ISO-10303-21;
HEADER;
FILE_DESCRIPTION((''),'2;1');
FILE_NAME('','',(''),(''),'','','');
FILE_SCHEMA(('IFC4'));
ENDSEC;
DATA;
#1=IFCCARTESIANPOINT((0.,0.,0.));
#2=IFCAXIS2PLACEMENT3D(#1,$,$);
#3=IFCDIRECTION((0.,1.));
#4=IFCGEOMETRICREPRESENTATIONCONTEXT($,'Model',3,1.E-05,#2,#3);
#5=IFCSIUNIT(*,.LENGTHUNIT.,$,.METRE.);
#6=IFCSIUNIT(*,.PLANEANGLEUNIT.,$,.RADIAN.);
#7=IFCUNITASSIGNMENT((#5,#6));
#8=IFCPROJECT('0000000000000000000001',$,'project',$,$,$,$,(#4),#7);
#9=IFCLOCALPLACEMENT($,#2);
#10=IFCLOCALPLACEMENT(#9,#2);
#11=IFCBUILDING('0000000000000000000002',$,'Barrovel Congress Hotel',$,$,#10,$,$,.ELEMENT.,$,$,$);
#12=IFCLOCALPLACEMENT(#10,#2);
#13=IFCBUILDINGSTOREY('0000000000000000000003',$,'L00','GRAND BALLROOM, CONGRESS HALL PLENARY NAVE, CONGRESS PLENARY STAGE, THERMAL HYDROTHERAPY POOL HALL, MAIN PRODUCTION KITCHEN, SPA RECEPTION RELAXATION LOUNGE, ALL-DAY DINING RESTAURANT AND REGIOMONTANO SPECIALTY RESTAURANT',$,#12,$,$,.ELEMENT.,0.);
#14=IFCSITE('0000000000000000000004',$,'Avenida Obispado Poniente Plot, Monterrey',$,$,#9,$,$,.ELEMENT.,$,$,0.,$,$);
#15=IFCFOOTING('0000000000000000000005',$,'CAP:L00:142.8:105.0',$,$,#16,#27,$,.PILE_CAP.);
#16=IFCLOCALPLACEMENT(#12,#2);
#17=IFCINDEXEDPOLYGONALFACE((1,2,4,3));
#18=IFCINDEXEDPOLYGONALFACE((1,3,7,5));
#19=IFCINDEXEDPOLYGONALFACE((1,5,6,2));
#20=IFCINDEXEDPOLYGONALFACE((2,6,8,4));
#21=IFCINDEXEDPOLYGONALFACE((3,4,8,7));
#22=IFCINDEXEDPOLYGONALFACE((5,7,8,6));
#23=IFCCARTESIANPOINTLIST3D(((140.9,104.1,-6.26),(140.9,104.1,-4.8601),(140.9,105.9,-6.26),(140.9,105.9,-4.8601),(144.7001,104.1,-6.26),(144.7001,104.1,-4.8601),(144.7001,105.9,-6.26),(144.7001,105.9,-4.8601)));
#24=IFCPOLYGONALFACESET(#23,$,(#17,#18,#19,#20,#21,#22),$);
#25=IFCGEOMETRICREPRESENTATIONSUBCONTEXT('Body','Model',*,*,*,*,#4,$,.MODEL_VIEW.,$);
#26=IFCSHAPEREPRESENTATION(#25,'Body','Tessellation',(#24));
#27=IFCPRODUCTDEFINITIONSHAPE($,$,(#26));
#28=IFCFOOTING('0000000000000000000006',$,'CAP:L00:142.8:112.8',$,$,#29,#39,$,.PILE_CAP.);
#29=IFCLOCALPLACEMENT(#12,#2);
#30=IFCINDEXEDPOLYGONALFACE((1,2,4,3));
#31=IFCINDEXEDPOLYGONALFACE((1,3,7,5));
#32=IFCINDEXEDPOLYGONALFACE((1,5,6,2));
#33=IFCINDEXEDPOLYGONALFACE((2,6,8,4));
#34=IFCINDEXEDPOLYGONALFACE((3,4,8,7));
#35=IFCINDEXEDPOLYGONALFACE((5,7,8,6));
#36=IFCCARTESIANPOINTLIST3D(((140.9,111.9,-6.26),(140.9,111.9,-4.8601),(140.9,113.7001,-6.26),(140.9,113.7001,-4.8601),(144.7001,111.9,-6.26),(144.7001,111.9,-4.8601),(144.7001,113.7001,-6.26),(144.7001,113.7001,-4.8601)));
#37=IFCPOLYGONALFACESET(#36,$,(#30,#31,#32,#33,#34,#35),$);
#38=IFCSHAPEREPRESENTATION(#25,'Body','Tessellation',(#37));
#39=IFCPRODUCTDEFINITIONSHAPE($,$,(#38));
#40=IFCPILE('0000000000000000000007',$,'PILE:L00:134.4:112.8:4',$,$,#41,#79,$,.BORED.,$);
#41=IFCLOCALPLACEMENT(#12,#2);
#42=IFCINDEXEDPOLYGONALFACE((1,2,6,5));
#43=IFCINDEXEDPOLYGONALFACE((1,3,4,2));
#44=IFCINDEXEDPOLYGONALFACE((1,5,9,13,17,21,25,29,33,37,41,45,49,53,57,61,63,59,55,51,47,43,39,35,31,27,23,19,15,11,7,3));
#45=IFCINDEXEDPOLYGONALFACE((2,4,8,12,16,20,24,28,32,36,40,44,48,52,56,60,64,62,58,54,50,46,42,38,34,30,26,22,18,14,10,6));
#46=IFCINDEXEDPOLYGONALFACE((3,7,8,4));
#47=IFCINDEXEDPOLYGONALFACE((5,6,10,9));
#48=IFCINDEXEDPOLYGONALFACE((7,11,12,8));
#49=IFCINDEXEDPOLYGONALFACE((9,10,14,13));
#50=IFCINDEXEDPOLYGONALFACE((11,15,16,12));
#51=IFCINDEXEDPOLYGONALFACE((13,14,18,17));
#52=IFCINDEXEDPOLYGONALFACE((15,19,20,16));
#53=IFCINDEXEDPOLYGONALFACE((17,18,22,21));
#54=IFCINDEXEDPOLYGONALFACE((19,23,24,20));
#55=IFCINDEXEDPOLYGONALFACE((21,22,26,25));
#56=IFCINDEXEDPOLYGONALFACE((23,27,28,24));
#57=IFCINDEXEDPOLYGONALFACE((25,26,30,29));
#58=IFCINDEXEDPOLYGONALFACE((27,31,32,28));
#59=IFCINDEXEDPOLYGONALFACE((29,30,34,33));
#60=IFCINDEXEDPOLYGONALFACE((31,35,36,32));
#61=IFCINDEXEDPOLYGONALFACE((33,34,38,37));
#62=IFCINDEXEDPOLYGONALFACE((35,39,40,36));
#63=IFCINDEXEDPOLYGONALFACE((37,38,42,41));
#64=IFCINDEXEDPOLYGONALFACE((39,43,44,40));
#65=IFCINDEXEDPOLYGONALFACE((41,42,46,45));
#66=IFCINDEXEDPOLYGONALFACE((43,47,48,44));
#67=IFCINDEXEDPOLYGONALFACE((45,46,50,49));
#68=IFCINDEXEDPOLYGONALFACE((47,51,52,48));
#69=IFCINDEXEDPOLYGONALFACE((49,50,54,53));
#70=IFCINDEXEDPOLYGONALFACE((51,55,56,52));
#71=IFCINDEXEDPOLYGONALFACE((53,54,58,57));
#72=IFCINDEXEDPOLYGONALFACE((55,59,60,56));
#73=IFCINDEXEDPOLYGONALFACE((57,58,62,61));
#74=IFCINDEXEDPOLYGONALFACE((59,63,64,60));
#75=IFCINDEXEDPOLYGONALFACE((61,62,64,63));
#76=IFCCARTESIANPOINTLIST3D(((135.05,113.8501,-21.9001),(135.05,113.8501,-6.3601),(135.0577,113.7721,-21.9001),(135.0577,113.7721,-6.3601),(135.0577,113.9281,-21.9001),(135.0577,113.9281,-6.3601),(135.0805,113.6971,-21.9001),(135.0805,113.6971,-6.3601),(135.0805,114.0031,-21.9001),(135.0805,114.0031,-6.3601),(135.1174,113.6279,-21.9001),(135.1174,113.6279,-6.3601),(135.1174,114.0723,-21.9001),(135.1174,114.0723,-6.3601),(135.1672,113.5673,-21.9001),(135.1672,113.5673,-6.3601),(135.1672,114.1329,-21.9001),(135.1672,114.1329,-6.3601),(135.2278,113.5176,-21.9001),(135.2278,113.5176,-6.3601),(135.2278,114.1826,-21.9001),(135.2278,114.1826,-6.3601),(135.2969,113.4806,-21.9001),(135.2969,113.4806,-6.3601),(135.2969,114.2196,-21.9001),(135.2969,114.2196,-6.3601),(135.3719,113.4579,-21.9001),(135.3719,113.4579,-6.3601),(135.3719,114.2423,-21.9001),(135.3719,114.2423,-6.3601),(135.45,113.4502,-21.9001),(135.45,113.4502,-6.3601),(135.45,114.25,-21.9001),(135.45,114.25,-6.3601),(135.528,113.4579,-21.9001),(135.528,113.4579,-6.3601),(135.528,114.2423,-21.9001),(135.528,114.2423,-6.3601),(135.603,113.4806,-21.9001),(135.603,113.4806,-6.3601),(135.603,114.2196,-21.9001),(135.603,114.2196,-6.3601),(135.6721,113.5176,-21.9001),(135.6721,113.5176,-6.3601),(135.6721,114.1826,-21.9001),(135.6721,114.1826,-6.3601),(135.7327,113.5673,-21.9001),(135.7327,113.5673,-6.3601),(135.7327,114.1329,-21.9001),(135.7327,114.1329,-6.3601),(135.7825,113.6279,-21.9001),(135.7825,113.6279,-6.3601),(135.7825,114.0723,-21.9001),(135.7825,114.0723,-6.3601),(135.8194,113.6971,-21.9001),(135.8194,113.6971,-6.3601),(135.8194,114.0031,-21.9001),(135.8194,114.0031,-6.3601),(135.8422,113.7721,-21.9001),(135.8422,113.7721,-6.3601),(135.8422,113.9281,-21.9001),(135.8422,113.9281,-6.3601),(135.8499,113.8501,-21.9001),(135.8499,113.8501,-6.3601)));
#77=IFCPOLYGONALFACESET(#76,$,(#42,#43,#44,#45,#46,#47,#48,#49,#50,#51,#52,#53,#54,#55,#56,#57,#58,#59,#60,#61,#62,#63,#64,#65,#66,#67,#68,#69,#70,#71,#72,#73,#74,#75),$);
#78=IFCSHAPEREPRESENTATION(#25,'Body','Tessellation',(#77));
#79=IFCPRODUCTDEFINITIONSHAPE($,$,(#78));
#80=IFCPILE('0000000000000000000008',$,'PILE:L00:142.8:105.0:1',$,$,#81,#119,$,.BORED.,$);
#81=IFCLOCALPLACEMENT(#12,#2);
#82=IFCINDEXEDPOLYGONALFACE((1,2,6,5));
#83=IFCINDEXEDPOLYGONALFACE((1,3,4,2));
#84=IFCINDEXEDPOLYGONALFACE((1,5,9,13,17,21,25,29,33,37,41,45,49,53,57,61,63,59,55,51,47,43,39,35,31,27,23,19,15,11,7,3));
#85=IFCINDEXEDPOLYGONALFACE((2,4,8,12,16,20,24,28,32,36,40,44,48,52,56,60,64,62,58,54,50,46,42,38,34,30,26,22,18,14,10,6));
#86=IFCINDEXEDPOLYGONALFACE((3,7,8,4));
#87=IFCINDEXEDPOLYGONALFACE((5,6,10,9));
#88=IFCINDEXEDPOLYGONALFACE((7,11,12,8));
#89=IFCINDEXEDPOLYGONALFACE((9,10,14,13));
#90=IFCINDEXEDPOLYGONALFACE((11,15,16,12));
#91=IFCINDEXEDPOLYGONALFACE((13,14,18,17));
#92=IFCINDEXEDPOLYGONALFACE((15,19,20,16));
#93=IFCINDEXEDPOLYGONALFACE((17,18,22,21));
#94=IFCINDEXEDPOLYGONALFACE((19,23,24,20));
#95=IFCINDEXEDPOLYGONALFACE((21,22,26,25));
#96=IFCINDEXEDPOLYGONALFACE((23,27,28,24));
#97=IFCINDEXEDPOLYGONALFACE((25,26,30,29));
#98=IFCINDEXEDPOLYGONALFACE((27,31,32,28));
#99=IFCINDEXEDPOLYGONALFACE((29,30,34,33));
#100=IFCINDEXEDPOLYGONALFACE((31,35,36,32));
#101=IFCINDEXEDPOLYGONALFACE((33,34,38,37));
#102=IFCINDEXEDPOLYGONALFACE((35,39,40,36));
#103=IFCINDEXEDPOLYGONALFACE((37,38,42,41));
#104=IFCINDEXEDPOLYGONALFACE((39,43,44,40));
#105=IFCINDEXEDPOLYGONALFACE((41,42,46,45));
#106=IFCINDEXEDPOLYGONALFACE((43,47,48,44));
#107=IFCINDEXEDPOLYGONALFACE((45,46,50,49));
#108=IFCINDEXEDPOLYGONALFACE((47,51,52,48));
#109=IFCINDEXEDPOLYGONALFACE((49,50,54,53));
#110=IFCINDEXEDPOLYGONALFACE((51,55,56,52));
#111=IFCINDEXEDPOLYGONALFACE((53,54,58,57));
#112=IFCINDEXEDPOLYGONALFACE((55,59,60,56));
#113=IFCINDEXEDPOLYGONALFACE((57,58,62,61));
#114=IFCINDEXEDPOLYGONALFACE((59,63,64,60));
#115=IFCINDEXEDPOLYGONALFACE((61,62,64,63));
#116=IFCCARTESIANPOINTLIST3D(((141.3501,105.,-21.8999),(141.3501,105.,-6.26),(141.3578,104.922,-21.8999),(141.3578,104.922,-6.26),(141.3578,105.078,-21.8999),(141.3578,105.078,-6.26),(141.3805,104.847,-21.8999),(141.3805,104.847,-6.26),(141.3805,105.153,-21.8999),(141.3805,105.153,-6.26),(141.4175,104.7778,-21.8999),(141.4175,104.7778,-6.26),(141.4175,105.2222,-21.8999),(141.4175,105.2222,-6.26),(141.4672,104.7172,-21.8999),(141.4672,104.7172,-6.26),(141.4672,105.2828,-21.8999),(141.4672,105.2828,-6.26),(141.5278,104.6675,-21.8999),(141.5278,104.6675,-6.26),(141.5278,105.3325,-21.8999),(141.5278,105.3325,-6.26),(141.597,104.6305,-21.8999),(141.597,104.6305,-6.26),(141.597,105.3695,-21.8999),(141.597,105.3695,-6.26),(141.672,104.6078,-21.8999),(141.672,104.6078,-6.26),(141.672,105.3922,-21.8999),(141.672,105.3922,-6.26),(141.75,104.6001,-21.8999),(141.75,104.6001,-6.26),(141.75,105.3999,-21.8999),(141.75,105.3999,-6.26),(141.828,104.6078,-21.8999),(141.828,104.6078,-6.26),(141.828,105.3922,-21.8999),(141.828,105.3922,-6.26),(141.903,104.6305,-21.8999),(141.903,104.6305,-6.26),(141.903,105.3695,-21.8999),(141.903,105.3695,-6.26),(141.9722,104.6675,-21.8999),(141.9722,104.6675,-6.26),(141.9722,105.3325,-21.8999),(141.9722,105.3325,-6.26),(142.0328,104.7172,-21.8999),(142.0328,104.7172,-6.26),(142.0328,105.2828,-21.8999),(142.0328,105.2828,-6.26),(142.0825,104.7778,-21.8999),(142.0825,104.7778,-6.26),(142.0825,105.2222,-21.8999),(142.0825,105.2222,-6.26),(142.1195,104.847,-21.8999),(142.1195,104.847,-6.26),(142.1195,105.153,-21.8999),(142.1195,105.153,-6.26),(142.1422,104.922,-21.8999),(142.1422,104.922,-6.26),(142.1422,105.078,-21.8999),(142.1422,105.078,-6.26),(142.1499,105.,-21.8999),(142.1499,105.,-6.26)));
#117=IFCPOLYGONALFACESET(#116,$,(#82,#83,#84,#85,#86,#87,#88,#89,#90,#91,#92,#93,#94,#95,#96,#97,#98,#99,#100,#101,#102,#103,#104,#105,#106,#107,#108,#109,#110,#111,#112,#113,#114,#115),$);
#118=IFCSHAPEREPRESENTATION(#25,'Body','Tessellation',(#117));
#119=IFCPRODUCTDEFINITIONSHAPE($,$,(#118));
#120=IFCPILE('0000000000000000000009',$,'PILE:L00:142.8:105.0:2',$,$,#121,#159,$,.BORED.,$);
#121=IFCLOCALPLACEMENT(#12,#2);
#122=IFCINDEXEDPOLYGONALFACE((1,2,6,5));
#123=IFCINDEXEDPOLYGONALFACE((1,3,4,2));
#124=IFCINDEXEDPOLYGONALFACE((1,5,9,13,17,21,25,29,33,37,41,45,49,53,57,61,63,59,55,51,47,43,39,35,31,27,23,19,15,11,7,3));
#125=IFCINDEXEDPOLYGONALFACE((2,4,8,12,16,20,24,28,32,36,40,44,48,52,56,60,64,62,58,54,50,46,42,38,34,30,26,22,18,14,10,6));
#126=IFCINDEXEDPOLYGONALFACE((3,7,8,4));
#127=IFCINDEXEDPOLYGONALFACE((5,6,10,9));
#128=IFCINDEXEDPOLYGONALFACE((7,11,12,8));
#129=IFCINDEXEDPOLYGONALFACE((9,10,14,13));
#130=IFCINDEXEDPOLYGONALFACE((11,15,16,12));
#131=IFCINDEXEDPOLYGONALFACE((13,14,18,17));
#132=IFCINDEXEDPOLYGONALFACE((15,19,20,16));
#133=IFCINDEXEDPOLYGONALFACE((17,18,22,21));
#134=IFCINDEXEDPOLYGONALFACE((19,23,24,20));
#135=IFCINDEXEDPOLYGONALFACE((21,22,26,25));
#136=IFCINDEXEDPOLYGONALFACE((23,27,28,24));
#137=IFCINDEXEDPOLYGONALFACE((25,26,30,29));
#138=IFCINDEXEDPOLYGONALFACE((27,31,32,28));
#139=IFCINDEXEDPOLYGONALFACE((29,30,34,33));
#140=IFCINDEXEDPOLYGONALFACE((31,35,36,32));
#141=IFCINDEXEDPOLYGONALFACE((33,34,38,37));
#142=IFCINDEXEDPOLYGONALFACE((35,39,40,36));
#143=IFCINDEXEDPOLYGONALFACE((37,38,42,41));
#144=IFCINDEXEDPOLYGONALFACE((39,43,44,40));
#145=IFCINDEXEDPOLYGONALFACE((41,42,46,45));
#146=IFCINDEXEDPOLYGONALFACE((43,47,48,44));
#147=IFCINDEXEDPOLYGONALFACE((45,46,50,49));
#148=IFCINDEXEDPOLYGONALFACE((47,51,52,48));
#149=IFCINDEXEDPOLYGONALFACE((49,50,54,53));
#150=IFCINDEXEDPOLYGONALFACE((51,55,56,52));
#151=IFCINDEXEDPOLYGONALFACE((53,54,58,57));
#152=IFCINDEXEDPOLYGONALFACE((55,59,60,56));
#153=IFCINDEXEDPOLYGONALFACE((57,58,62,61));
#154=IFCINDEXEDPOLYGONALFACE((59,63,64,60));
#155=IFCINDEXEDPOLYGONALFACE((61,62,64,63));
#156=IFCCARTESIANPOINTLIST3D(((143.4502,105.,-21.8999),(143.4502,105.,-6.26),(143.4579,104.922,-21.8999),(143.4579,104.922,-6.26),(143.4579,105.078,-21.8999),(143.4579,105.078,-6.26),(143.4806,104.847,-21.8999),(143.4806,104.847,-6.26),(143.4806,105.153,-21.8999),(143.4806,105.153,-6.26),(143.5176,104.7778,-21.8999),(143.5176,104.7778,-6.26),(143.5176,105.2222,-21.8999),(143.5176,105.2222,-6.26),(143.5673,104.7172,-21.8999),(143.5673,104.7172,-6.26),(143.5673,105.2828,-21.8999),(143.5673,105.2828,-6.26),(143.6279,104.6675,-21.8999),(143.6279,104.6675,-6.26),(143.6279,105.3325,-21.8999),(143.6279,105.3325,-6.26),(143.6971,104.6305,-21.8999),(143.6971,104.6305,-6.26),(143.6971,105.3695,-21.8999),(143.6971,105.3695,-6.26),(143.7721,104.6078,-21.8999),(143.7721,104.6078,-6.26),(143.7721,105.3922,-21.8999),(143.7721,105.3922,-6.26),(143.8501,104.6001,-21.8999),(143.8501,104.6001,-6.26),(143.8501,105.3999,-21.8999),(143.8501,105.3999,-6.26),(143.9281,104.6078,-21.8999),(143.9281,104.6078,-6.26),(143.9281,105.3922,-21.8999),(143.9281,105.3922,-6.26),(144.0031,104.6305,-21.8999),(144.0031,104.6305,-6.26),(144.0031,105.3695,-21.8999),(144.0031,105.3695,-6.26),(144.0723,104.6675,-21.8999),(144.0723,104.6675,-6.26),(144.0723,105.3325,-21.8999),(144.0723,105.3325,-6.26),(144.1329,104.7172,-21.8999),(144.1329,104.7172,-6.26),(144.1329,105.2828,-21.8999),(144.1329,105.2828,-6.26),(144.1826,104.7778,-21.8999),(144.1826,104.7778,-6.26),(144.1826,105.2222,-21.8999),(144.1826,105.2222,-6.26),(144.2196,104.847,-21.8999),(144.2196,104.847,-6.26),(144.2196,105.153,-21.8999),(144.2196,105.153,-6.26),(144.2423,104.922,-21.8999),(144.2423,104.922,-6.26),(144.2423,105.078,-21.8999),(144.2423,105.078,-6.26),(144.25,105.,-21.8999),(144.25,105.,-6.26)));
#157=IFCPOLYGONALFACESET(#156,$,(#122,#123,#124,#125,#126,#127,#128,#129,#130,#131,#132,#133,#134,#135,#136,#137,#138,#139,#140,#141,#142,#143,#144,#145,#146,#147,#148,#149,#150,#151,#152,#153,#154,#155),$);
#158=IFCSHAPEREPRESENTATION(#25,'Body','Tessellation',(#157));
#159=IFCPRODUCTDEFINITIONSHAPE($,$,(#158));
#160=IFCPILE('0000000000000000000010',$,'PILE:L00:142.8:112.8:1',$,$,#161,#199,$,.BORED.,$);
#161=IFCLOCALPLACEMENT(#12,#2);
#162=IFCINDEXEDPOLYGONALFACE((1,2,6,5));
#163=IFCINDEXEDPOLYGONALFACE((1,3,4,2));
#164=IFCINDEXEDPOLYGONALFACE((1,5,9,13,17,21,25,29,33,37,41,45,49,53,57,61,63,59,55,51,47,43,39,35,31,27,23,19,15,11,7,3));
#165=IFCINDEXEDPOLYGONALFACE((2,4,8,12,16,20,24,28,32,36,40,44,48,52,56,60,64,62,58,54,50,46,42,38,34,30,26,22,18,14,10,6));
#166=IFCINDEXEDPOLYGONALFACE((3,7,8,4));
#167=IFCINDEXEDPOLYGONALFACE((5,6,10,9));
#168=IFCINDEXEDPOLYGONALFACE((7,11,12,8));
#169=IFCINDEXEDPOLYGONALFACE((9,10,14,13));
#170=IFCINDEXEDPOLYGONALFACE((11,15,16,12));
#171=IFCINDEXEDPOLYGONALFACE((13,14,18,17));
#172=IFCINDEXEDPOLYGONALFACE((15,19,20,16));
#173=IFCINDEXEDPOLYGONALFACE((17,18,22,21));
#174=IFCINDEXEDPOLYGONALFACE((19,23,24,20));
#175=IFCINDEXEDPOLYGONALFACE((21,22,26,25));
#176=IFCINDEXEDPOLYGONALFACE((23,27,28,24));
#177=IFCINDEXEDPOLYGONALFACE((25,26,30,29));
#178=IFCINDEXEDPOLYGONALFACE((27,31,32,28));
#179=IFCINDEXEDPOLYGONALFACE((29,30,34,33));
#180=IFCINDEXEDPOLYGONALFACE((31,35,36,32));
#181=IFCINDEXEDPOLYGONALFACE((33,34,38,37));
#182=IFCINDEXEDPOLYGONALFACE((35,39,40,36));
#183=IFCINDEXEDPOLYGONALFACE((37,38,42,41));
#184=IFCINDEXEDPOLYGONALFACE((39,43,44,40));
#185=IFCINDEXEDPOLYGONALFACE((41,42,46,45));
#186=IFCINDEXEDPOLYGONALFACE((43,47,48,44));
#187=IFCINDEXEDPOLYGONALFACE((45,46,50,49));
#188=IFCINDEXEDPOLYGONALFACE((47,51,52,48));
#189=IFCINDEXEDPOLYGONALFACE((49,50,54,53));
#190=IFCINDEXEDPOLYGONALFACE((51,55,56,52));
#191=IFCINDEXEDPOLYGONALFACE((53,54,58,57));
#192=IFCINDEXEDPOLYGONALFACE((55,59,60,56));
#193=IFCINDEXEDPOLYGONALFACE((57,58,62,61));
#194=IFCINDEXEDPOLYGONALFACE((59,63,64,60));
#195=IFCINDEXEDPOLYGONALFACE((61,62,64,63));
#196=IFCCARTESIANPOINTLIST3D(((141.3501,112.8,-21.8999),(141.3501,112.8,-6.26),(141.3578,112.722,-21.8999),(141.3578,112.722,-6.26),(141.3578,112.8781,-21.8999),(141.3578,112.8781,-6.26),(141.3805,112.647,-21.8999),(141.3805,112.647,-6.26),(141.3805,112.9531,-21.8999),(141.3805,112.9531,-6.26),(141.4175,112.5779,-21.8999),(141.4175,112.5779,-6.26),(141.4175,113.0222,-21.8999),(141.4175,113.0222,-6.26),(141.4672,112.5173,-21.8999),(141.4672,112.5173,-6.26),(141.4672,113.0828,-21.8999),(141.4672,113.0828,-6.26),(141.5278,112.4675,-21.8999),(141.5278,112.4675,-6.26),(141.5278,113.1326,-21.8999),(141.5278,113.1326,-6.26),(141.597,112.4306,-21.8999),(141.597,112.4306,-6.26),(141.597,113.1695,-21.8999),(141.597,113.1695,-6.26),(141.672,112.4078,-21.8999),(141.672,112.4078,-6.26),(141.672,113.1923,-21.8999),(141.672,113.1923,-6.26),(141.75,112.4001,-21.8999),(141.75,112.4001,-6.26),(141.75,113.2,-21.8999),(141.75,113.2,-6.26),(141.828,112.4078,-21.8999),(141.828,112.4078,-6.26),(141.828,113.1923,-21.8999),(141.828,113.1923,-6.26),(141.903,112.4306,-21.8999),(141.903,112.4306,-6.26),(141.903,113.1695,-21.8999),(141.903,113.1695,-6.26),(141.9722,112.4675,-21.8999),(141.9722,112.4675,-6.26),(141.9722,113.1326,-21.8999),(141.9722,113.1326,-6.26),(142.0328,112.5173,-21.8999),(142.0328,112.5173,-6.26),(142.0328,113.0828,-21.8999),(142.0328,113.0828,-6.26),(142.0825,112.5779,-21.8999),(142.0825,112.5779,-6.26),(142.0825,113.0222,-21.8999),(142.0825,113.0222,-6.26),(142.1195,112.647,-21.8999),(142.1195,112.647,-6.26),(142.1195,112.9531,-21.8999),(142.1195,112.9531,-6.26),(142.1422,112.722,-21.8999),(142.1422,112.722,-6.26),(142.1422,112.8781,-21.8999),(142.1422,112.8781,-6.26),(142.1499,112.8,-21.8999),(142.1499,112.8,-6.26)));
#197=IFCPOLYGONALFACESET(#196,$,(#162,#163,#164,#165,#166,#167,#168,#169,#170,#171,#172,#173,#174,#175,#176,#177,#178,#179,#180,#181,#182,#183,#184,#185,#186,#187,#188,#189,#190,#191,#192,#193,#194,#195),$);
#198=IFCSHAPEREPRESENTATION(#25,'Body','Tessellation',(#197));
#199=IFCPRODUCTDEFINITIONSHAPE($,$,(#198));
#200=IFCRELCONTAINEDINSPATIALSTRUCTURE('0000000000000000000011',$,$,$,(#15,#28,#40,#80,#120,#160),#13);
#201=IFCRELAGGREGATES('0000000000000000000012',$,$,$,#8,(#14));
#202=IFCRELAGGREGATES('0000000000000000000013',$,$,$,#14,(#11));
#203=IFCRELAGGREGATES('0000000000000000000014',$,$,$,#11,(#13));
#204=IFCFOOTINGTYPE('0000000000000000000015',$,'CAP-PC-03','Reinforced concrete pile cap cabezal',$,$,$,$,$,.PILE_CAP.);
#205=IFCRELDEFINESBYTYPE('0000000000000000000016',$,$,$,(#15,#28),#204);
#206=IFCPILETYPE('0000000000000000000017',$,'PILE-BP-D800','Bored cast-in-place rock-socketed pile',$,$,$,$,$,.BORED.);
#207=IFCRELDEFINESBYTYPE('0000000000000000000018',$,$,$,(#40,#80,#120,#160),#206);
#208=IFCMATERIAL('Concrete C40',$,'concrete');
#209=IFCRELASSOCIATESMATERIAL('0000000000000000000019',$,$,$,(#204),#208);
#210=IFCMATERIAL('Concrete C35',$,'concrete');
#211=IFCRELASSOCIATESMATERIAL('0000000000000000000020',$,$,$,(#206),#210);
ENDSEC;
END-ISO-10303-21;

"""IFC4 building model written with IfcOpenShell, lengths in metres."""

from ifc_helpers import new_model, si_unit, direction, frame, origin, origin_2d, place, context, subcontext, project, spatial, rectangle, circle, extrude, material, material_profile, profile_set, type_object, element, save


model = new_model("IFC4")

# Units and contexts
model_context = context("Model", 3, precision=1e-05, world=origin(), true_north=direction((0.0, 1.0)))
body_context = subcontext(model_context, "Body", "Model", "MODEL_VIEW")
ifc_project = project(units=[si_unit("LENGTHUNIT", "METRE"), si_unit("PLANEANGLEUNIT", "RADIAN")], contexts=[model_context])

# Site, building, storey
site_placement = place(None, origin())
site = spatial("IfcSite", under=ifc_project, at=site_placement, Name="Avenida Obispado Poniente Plot, Monterrey", CompositionType="ELEMENT", RefElevation=0.0)
building_placement = place(site_placement, origin())
building = spatial("IfcBuilding", under=site, at=building_placement, Name="Barrovel Congress Hotel", CompositionType="ELEMENT")
storey_placement = place(building_placement, origin())
storey = spatial("IfcBuildingStorey", under=building, at=storey_placement, Name="L00", Description="GRAND BALLROOM, CONGRESS HALL PLENARY NAVE, CONGRESS PLENARY STAGE, THERMAL HYDROTHERAPY POOL HALL, MAIN PRODUCTION KITCHEN, SPA RECEPTION RELAXATION LOUNGE, ALL-DAY DINING RESTAURANT AND REGIOMONTANO SPECIALTY RESTAURANT", CompositionType="ELEMENT", Elevation=0.0)

# Footings
ifc_material_1 = material(Name="Concrete C40", Category="concrete")
footing_type = type_object("IfcFootingType", Name="CAP-PC-03", Description="Reinforced concrete pile cap cabezal", PredefinedType="PILE_CAP", material=ifc_material_1)
for number, where, z_axis, x_axis, name in (
    (1, (142.8, 105.0, -6.26), (0.0, 0.0, 1.0), (1.0, 0.0, 0.0), "CAP:L00:142.8:105.0"),
    (2, (142.8, 112.8, -6.26), (0.0, 0.0, 1.0), (1.0, 0.0, 0.0), "CAP:L00:142.8:112.8"),
):
    element("IfcFooting", number, at=place(storey_placement, frame(where, z_axis=z_axis, x_axis=x_axis)), inside=storey, type_object=footing_type, Name=name, PredefinedType="PILE_CAP", context=body_context, shape_type="SweptSolid", body=[
        extrude(rectangle(XDim=3.8, YDim=1.8, at=origin_2d()), origin(), (0.0, 0.0, 1.0), 1.3999),
    ])

# Piles
ifc_material_2 = material(Name="Concrete C35", Category="concrete")
ifc_material_profile_1 = material_profile(ifc_material_2, circle(Radius=0.3999, at=origin_2d()), Name="BP-D800")
ifc_profile_set_1 = profile_set([ifc_material_profile_1], Name="Concrete C35")
pile_type = type_object("IfcPileType", Name="PILE-BP-D800", Description="Bored cast-in-place rock-socketed pile", PredefinedType="BORED", material=ifc_profile_set_1)
pile_placement = place(storey_placement, frame((135.45, 113.8501, -6.3601), z_axis=(0.0, 0.0, -1.0), x_axis=(1.0, 0.0, 0.0)))
element("IfcPile", 3, at=pile_placement, inside=storey, type_object=pile_type, Name="PILE:L00:134.4:112.8:4", PredefinedType="BORED", context=body_context, shape_type="SweptSolid", body=[
    extrude(circle(Radius=0.3999, at=origin_2d()), origin(), (0.0, 0.0, 1.0), 15.54),
])
for number, where, z_axis, x_axis, name in (
    (4, (141.75, 105.0, -6.26), (0.0, 0.0, -1.0), (1.0, 0.0, 0.0), "PILE:L00:142.8:105.0:1"),
    (5, (143.8501, 105.0, -6.26), (0.0, 0.0, -1.0), (1.0, 0.0, 0.0), "PILE:L00:142.8:105.0:2"),
    (6, (141.75, 112.8, -6.26), (0.0, 0.0, -1.0), (1.0, 0.0, 0.0), "PILE:L00:142.8:112.8:1"),
):
    element("IfcPile", number, at=place(storey_placement, frame(where, z_axis=z_axis, x_axis=x_axis)), inside=storey, type_object=pile_type, Name=name, PredefinedType="BORED", context=body_context, shape_type="SweptSolid", body=[
        extrude(circle(Radius=0.3999, at=origin_2d()), origin(), (0.0, 0.0, 1.0), 15.6399),
    ])

save(model, "model.ifc")
